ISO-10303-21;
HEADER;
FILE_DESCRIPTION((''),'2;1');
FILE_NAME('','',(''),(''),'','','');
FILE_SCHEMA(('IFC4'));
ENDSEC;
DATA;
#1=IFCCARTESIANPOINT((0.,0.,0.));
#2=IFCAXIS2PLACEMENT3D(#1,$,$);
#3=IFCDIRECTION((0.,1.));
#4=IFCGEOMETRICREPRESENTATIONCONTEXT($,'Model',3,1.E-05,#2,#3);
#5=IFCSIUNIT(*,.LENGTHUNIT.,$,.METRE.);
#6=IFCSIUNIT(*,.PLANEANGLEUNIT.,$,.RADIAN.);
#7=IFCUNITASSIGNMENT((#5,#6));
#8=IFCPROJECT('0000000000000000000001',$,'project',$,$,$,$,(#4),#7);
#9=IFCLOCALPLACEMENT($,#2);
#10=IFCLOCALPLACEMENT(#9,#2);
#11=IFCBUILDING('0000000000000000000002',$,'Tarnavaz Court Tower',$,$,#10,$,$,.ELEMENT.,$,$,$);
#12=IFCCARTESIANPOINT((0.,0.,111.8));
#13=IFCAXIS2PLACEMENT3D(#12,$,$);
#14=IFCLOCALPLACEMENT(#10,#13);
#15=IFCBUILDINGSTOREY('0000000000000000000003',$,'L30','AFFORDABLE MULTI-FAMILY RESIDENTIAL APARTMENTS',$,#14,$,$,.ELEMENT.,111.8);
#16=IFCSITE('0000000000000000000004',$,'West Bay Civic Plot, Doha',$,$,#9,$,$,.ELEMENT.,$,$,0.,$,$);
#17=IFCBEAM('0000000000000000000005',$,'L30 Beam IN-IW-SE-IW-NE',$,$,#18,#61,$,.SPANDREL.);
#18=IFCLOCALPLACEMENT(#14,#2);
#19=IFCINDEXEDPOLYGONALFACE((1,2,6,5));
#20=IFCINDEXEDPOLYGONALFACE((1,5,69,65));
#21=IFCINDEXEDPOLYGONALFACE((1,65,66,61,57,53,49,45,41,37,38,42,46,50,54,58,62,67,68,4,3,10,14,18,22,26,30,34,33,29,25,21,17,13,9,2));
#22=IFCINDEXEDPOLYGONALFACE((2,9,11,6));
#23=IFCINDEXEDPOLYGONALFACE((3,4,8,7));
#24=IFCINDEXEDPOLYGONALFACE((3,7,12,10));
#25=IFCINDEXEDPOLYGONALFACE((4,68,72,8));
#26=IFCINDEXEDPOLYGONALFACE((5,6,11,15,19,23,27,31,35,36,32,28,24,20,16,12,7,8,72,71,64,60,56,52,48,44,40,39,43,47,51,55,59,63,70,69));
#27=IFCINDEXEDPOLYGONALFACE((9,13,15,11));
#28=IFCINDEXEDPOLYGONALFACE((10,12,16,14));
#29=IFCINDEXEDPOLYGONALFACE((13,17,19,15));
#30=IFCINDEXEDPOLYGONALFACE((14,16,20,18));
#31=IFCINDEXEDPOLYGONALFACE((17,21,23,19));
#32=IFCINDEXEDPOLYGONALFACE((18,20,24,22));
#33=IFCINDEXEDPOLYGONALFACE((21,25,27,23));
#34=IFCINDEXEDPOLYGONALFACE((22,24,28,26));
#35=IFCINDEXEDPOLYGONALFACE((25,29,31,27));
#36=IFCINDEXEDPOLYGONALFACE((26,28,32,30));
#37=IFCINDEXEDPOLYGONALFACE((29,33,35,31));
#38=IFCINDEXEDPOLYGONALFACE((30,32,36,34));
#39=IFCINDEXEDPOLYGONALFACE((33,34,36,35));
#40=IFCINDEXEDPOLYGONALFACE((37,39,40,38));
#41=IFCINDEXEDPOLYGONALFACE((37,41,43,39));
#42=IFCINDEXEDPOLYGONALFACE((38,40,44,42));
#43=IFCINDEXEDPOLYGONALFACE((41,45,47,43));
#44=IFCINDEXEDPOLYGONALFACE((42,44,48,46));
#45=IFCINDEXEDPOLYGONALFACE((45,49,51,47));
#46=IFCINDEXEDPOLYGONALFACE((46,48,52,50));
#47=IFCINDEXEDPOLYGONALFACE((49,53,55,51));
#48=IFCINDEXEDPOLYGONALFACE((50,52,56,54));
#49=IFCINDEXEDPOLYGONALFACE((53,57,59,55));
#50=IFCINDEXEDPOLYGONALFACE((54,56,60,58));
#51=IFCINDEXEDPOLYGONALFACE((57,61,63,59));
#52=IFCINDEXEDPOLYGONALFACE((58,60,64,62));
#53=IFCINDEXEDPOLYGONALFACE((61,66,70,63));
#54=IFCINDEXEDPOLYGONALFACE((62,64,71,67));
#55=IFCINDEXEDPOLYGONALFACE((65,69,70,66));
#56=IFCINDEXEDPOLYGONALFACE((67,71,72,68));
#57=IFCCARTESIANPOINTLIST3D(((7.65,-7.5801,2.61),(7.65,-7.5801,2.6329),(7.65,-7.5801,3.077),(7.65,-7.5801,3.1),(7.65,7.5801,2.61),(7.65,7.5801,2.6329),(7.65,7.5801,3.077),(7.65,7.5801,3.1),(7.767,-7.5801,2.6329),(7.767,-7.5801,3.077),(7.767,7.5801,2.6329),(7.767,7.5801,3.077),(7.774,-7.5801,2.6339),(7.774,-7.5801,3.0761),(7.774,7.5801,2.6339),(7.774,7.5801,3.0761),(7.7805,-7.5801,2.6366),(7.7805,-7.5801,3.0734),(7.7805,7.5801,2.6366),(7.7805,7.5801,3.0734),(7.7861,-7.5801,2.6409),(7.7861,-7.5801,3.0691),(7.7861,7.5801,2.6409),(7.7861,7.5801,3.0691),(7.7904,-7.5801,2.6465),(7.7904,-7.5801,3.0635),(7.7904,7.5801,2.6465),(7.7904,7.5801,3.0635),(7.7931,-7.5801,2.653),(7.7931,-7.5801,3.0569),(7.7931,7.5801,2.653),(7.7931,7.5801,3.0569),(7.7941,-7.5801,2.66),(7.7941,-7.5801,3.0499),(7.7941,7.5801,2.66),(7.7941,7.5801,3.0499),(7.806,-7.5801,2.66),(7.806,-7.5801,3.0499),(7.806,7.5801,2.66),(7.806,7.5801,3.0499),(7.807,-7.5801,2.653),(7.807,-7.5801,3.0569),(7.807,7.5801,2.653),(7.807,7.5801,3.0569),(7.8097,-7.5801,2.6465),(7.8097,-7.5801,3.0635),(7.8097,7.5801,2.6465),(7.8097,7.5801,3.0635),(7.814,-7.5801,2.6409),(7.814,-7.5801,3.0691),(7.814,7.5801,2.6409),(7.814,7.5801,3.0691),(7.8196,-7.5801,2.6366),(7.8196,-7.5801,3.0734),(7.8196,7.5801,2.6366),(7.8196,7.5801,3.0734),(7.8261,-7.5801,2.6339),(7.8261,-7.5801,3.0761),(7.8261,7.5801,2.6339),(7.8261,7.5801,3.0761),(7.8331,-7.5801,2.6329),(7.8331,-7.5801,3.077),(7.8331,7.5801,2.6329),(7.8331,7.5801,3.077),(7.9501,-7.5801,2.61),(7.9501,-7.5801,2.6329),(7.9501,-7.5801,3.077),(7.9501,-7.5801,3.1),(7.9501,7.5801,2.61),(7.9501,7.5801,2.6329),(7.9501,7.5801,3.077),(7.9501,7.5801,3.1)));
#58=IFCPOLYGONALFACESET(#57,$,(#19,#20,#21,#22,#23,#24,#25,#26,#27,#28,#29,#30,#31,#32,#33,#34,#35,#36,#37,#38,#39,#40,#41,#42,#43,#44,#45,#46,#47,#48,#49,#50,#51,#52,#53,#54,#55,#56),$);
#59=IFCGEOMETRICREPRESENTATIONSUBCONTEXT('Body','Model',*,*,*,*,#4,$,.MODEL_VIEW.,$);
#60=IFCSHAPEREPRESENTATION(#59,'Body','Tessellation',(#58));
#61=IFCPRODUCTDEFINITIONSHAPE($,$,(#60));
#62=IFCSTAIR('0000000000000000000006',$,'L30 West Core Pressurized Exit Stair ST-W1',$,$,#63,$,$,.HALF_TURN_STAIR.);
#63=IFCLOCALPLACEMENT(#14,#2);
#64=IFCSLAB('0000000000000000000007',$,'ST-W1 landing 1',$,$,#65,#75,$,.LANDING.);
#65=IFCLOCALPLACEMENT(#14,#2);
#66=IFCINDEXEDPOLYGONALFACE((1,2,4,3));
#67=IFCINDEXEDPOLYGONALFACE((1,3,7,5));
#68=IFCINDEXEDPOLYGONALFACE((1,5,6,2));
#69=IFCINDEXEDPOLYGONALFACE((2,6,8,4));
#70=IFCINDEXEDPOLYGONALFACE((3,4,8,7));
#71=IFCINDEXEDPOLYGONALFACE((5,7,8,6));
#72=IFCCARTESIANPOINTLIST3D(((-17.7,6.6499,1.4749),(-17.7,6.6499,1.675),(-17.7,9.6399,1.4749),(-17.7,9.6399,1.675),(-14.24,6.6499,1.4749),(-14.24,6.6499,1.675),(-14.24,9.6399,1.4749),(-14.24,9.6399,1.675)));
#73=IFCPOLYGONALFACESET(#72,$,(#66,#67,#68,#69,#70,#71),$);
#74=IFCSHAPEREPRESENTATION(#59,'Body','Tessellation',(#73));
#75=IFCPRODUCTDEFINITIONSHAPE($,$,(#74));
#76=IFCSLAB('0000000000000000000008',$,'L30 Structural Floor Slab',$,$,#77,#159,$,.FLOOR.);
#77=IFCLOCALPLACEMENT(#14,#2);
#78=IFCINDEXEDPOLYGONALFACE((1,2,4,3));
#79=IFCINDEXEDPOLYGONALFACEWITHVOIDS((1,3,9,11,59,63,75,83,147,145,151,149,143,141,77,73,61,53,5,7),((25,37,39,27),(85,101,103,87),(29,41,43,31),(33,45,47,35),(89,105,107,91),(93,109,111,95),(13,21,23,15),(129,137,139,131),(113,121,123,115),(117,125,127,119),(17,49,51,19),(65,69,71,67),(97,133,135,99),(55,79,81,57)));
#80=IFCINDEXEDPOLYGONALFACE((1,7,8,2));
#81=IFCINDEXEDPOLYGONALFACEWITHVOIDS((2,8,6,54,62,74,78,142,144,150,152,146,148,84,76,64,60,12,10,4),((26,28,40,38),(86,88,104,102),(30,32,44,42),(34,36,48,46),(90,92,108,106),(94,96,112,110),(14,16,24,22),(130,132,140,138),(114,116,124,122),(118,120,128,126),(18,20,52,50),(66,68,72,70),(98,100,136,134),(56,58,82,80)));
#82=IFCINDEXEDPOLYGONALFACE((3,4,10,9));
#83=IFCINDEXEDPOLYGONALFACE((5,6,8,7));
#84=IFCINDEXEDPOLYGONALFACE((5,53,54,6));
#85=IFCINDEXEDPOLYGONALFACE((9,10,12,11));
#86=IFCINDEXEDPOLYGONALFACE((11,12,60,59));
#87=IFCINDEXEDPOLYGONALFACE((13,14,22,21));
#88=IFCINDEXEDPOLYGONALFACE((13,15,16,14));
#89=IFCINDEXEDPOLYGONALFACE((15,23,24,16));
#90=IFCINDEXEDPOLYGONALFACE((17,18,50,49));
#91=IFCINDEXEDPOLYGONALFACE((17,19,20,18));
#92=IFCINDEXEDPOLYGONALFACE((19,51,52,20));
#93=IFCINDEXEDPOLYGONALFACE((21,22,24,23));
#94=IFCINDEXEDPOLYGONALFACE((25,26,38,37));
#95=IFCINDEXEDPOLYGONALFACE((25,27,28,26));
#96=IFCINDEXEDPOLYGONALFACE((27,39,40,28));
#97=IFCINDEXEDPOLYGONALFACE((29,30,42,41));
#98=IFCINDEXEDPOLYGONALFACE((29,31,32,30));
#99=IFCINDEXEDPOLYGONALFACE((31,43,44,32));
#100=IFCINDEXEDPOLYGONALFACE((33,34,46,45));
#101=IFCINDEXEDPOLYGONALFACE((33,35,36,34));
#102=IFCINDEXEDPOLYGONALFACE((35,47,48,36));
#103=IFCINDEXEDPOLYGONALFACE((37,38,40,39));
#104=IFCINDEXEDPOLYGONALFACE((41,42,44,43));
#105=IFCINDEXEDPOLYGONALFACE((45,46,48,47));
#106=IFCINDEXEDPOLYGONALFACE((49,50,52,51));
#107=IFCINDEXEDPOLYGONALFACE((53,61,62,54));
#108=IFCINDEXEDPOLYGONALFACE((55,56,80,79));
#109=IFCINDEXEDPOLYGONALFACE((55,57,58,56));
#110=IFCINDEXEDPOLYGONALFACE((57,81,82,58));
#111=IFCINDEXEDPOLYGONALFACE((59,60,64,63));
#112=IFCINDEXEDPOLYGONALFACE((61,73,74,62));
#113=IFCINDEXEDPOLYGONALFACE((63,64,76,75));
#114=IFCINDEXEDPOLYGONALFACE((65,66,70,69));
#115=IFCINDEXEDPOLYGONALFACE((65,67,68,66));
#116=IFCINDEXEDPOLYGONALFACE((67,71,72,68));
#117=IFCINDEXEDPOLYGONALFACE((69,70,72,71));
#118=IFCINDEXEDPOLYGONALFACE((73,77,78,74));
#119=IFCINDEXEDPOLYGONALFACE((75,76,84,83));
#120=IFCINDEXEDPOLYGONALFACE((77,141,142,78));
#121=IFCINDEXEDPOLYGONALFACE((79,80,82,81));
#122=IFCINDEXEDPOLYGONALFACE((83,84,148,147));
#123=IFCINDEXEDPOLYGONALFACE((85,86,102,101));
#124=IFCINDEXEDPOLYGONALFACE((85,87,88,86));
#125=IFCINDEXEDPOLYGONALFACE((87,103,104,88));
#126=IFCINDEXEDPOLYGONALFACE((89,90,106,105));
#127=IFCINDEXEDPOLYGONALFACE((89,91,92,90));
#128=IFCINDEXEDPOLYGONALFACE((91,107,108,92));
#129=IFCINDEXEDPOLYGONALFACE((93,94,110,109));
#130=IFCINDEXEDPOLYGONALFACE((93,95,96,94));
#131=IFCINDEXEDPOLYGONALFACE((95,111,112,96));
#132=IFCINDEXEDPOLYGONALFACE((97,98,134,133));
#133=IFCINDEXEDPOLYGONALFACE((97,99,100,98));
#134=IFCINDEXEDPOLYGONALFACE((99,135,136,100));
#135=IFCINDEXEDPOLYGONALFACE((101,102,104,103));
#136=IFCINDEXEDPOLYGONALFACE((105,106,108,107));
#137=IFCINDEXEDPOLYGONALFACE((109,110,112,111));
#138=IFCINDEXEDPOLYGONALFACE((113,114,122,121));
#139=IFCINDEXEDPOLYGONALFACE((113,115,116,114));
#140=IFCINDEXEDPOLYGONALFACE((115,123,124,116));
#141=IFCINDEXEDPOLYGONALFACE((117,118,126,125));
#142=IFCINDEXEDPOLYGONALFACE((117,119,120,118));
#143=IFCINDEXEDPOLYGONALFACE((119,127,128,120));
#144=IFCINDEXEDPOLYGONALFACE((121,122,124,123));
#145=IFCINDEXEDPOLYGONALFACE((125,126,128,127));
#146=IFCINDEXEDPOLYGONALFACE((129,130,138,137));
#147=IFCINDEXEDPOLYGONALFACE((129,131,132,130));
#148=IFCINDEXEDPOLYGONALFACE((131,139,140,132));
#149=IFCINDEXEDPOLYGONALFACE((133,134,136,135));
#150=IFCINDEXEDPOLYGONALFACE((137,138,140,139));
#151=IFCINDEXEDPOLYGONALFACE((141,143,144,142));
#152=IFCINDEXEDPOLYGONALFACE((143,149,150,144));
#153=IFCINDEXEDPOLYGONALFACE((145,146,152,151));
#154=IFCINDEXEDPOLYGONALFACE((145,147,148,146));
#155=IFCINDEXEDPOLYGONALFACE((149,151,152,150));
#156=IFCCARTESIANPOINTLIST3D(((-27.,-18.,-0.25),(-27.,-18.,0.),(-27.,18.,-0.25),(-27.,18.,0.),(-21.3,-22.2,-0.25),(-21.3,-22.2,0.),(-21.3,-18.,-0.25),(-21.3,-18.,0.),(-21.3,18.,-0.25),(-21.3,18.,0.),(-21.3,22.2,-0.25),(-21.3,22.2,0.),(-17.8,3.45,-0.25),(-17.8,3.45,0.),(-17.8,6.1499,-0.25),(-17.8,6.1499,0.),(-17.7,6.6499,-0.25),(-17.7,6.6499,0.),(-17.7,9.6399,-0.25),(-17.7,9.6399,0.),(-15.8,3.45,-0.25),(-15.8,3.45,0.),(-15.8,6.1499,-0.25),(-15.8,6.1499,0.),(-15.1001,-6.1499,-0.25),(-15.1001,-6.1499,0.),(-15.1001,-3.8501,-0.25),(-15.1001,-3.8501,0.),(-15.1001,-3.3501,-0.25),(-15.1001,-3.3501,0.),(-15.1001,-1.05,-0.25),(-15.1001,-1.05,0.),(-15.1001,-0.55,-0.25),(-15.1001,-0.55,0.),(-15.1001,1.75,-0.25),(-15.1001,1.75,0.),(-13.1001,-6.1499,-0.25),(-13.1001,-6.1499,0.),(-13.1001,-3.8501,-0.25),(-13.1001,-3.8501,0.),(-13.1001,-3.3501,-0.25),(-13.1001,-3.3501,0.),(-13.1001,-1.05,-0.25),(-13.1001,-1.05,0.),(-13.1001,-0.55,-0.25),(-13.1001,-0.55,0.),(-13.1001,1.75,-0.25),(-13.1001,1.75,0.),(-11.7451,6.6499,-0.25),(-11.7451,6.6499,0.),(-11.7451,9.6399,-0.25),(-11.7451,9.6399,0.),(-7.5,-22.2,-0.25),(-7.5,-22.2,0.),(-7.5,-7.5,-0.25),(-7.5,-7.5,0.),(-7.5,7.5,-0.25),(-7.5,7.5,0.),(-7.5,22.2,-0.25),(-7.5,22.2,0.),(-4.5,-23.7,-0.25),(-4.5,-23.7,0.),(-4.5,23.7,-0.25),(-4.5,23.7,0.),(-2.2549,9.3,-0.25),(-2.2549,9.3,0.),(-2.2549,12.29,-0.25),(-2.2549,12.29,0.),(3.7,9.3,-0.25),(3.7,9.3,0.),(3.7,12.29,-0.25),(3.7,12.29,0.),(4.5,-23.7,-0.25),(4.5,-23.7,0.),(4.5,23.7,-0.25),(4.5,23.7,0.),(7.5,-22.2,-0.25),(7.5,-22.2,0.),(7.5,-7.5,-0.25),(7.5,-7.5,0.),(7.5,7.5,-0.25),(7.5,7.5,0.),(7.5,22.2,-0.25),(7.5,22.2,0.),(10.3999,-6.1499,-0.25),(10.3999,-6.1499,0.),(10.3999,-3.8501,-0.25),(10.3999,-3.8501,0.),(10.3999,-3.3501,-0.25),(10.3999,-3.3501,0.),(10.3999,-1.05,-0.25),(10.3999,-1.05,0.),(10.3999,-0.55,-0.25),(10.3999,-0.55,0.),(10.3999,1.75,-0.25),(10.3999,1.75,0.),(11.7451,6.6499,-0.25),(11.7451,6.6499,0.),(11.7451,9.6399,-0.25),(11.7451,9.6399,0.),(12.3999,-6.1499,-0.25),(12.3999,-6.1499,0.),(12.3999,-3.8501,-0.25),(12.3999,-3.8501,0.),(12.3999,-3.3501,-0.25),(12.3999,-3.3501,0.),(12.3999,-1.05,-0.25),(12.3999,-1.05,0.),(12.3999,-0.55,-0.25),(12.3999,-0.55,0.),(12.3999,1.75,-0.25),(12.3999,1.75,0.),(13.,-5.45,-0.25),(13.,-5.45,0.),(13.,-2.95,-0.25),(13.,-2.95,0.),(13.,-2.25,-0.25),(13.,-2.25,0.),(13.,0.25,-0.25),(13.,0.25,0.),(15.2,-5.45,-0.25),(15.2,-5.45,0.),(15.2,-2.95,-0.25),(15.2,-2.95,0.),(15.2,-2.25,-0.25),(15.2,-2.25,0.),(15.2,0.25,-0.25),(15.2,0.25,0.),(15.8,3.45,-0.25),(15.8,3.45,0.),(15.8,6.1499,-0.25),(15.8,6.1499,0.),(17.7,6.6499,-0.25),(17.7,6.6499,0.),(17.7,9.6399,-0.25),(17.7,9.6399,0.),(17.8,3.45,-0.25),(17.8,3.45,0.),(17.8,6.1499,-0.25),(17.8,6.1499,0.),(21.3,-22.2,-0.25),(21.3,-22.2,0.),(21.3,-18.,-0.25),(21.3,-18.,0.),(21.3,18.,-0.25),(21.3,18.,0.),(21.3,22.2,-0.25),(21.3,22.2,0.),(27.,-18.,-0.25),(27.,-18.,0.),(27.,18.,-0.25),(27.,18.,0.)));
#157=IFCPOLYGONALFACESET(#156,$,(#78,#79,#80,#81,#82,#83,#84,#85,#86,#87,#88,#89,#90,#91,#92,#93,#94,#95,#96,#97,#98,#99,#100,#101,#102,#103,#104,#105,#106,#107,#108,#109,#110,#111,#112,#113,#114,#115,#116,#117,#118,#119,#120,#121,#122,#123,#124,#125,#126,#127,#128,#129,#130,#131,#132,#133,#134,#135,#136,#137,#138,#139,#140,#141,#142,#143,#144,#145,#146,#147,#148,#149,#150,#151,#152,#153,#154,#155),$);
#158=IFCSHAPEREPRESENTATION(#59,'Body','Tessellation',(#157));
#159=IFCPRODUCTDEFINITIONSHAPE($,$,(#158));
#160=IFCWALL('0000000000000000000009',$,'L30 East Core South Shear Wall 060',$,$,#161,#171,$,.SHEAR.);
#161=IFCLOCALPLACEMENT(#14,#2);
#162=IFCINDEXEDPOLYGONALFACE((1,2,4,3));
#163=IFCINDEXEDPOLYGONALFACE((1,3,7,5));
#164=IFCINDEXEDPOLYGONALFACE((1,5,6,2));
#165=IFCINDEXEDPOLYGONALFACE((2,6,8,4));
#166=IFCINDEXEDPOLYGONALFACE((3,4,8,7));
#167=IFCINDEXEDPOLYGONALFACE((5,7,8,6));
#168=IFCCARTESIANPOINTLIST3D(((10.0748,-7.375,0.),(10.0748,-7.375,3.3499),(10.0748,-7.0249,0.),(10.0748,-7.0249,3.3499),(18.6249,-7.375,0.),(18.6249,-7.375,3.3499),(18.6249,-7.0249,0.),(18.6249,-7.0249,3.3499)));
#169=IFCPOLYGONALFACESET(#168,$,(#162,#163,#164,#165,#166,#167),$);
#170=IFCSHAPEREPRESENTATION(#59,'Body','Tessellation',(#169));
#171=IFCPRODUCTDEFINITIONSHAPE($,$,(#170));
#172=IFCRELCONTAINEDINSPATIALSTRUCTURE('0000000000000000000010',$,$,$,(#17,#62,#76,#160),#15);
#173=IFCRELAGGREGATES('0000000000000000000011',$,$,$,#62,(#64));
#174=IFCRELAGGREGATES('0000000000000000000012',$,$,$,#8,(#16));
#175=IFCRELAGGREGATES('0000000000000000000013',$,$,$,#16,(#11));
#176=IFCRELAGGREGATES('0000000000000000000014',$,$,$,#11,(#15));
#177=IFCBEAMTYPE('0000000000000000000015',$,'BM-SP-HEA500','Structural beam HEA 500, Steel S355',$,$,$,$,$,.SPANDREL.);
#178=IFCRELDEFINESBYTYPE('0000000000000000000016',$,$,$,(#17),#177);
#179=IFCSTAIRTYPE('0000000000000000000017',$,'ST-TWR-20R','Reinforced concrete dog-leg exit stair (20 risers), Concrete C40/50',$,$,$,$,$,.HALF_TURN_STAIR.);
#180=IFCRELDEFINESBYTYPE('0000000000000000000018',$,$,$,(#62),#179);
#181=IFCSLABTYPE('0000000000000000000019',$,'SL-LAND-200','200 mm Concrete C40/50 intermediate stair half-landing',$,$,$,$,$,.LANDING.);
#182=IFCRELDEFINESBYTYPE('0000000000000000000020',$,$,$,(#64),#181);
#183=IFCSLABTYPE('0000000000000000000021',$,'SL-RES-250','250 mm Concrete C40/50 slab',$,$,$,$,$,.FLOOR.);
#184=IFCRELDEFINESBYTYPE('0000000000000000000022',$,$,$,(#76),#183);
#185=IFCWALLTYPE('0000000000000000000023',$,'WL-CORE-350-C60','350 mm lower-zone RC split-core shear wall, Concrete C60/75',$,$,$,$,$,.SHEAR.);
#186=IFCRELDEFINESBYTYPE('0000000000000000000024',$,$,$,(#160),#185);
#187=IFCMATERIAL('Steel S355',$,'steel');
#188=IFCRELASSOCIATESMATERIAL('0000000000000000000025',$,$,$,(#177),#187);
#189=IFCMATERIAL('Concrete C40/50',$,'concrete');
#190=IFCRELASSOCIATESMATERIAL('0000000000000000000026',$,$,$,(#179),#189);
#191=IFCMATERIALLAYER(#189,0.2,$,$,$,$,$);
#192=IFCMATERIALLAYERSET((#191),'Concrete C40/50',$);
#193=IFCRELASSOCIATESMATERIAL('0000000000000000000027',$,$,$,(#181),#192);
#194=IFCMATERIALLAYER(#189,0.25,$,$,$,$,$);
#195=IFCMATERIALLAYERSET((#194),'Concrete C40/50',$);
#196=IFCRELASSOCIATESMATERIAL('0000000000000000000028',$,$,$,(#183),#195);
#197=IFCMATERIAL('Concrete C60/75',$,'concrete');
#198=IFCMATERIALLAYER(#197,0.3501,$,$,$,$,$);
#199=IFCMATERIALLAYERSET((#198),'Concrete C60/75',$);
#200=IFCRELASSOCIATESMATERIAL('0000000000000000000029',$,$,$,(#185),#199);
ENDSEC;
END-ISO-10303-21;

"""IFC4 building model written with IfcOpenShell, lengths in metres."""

from ifc_helpers import new_model, si_unit, direction, frame, frame_2d, origin, origin_2d, place, context, subcontext, project, spatial, polyline, rectangle, i_section, outline, extrude, material, layer, layer_set, material_profile, profile_set, type_object, element, aggregate, save


model = new_model("IFC4")

# Units and contexts
model_context = context("Model", 3, precision=1e-05, world=origin(), true_north=direction((0.0, 1.0)))
body_context = subcontext(model_context, "Body", "Model", "MODEL_VIEW")
ifc_project = project(units=[si_unit("LENGTHUNIT", "METRE"), si_unit("PLANEANGLEUNIT", "RADIAN")], contexts=[model_context])

# Site, building, storey
site_placement = place(None, origin())
site = spatial("IfcSite", under=ifc_project, at=site_placement, Name="West Bay Civic Plot, Doha", CompositionType="ELEMENT", RefElevation=0.0)
building_placement = place(site_placement, origin())
building = spatial("IfcBuilding", under=site, at=building_placement, Name="Tarnavaz Court Tower", CompositionType="ELEMENT")
storey_placement = place(building_placement, frame((0.0, 0.0, 111.8)))
storey = spatial("IfcBuildingStorey", under=building, at=storey_placement, Name="L30", Description="AFFORDABLE MULTI-FAMILY RESIDENTIAL APARTMENTS", CompositionType="ELEMENT", Elevation=111.8)

# Shared definitions
ifc_material_1 = material(Name="Concrete C60/75", Category="concrete")

# Beam
ifc_material_2 = material(Name="Steel S355", Category="steel")
ifc_material_profile_1 = material_profile(ifc_material_2, i_section(OverallWidth=0.3, OverallDepth=0.49, WebThickness=0.012, FlangeThickness=0.0229, FilletRadius=0.0271, at=origin_2d()), Name="HEA 500")
ifc_profile_set_1 = profile_set([ifc_material_profile_1], Name="Steel S355")
beam_type_1 = type_object("IfcBeamType", Name="BM-SP-HEA500", Description="Structural beam HEA 500, Steel S355", PredefinedType="SPANDREL", material=ifc_profile_set_1)
beam_1_placement = place(storey_placement, frame((7.8, -7.5801, 2.855), z_axis=(0.0, 1.0, 0.0), x_axis=(-1.0, 0.0, 0.0)))
element("IfcBeam", 1, at=beam_1_placement, inside=storey, type_object=beam_type_1, Name="L30 Beam IN-IW-SE-IW-NE", PredefinedType="SPANDREL", context=body_context, shape_type="SweptSolid", body=[
    extrude(i_section(OverallWidth=0.3, OverallDepth=0.49, WebThickness=0.012, FlangeThickness=0.0229, FilletRadius=0.0271, at=origin_2d()), origin(), (0.0, 0.0, 1.0), 15.1602),
])

# Stair, slab
ifc_material_3 = material(Name="Concrete C40/50", Category="concrete")
stair_type = type_object("IfcStairType", Name="ST-TWR-20R", Description="Reinforced concrete dog-leg exit stair (20 risers), Concrete C40/50", PredefinedType="HALF_TURN_STAIR", material=ifc_material_3)
stair_placement = place(storey_placement, origin())
stair = element("IfcStair", 2, at=stair_placement, inside=storey, type_object=stair_type, Name="L30 West Core Pressurized Exit Stair ST-W1", PredefinedType="HALF_TURN_STAIR")
ifc_layer_1 = layer(ifc_material_3, 0.2)
ifc_layer_set_1 = layer_set([ifc_layer_1], Name="Concrete C40/50")
slab_type_1 = type_object("IfcSlabType", Name="SL-LAND-200", Description="200 mm Concrete C40/50 intermediate stair half-landing", PredefinedType="LANDING", material=ifc_layer_set_1)
slab_1_placement = place(storey_placement, frame((0.0, 0.0, 1.4749)))
slab_1 = element("IfcSlab", 3, at=slab_1_placement, type_object=slab_type_1, Name="ST-W1 landing 1", PredefinedType="LANDING", context=body_context, shape_type="SweptSolid", body=[
    extrude(outline(polyline([(-14.24, 9.6399), (-17.7, 9.6399), (-17.7, 6.6499), (-14.24, 6.6499), (-14.24, 9.6399)])), origin(), (0.0, 0.0, 1.0), 0.2002),
])
aggregate(stair, [slab_1])

# Slab
ifc_layer_2 = layer(ifc_material_3, 0.25)
ifc_layer_set_2 = layer_set([ifc_layer_2], Name="Concrete C40/50")
slab_type_2 = type_object("IfcSlabType", Name="SL-RES-250", Description="250 mm Concrete C40/50 slab", PredefinedType="FLOOR", material=ifc_layer_set_2)
slab_2_placement = place(storey_placement, frame((0.0, 0.0, -0.25)))
element("IfcSlab", 4, at=slab_2_placement, inside=storey, type_object=slab_type_2, Name="L30 Structural Floor Slab", PredefinedType="FLOOR", context=body_context, shape_type="SweptSolid", body=[
    extrude(outline(polyline([(-21.3, -22.2), (-7.5, -22.2), (-4.5, -23.7), (4.5, -23.7), (7.5, -22.2), (21.3, -22.2), (21.3, -18.0), (27.0, -18.0), (27.0, 18.0), (21.3, 18.0), (21.3, 22.2), (7.5, 22.2), (4.5, 23.7), (-4.5, 23.7), (-7.5, 22.2), (-21.3, 22.2), (-21.3, 18.0), (-27.0, 18.0), (-27.0, -18.0), (-21.3, -18.0), (-21.3, -22.2)]), holes=[polyline([(-7.5, -7.5), (7.5, -7.5), (7.5, 7.5), (-7.5, 7.5), (-7.5, -7.5)]), polyline([(-11.7451, 9.6399), (-17.7, 9.6399), (-17.7, 6.6499), (-11.7451, 6.6499), (-11.7451, 9.6399)]), polyline([(11.7451, 6.6499), (17.7, 6.6499), (17.7, 9.6399), (11.7451, 9.6399), (11.7451, 6.6499)]), polyline([(-2.2549, 9.3), (3.7, 9.3), (3.7, 12.29), (-2.2549, 12.29), (-2.2549, 9.3)]), polyline([(-17.8, 3.45), (-15.8, 3.45), (-15.8, 6.1499), (-17.8, 6.1499), (-17.8, 3.45)]), polyline([(-15.1001, -6.1499), (-13.1001, -6.1499), (-13.1001, -3.8501), (-15.1001, -3.8501), (-15.1001, -6.1499)]), polyline([(-15.1001, -3.3501), (-13.1001, -3.3501), (-13.1001, -1.05), (-15.1001, -1.05), (-15.1001, -3.3501)]), polyline([(-15.1001, -0.55), (-13.1001, -0.55), (-13.1001, 1.75), (-15.1001, 1.75), (-15.1001, -0.55)]), polyline([(15.8, 3.45), (17.8, 3.45), (17.8, 6.1499), (15.8, 6.1499), (15.8, 3.45)]), polyline([(10.3999, -6.1499), (12.3999, -6.1499), (12.3999, -3.8501), (10.3999, -3.8501), (10.3999, -6.1499)]), polyline([(10.3999, -3.3501), (12.3999, -3.3501), (12.3999, -1.05), (10.3999, -1.05), (10.3999, -3.3501)]), polyline([(10.3999, -0.55), (12.3999, -0.55), (12.3999, 1.75), (10.3999, 1.75), (10.3999, -0.55)]), polyline([(13.0, -5.45), (15.2, -5.45), (15.2, -2.95), (13.0, -2.95), (13.0, -5.45)]), polyline([(13.0, -2.25), (15.2, -2.25), (15.2, 0.25), (13.0, 0.25), (13.0, -2.25)])]), origin(), (0.0, 0.0, 1.0), 0.25),
])

# Wall
ifc_layer_3 = layer(ifc_material_1, 0.3501)
ifc_layer_set_3 = layer_set([ifc_layer_3], Name="Concrete C60/75")
wall_type_1 = type_object("IfcWallType", Name="WL-CORE-350-C60", Description="350 mm lower-zone RC split-core shear wall, Concrete C60/75", PredefinedType="SHEAR", material=ifc_layer_set_3)
wall_1_placement = place(storey_placement, frame((10.075, -7.2, 0.0), z_axis=(0.0, 0.0, 1.0), x_axis=(1.0, 0.0, 0.0)))
element("IfcWall", 5, at=wall_1_placement, inside=storey, type_object=wall_type_1, Name="L30 East Core South Shear Wall 060", PredefinedType="SHEAR", context=body_context, shape_type="SweptSolid", body=[
    extrude(rectangle(XDim=8.55, YDim=0.3501, at=frame_2d((4.2749, 0.0))), origin(), (0.0, 0.0, 1.0), 3.3499),
])

save(model, "model.ifc")
